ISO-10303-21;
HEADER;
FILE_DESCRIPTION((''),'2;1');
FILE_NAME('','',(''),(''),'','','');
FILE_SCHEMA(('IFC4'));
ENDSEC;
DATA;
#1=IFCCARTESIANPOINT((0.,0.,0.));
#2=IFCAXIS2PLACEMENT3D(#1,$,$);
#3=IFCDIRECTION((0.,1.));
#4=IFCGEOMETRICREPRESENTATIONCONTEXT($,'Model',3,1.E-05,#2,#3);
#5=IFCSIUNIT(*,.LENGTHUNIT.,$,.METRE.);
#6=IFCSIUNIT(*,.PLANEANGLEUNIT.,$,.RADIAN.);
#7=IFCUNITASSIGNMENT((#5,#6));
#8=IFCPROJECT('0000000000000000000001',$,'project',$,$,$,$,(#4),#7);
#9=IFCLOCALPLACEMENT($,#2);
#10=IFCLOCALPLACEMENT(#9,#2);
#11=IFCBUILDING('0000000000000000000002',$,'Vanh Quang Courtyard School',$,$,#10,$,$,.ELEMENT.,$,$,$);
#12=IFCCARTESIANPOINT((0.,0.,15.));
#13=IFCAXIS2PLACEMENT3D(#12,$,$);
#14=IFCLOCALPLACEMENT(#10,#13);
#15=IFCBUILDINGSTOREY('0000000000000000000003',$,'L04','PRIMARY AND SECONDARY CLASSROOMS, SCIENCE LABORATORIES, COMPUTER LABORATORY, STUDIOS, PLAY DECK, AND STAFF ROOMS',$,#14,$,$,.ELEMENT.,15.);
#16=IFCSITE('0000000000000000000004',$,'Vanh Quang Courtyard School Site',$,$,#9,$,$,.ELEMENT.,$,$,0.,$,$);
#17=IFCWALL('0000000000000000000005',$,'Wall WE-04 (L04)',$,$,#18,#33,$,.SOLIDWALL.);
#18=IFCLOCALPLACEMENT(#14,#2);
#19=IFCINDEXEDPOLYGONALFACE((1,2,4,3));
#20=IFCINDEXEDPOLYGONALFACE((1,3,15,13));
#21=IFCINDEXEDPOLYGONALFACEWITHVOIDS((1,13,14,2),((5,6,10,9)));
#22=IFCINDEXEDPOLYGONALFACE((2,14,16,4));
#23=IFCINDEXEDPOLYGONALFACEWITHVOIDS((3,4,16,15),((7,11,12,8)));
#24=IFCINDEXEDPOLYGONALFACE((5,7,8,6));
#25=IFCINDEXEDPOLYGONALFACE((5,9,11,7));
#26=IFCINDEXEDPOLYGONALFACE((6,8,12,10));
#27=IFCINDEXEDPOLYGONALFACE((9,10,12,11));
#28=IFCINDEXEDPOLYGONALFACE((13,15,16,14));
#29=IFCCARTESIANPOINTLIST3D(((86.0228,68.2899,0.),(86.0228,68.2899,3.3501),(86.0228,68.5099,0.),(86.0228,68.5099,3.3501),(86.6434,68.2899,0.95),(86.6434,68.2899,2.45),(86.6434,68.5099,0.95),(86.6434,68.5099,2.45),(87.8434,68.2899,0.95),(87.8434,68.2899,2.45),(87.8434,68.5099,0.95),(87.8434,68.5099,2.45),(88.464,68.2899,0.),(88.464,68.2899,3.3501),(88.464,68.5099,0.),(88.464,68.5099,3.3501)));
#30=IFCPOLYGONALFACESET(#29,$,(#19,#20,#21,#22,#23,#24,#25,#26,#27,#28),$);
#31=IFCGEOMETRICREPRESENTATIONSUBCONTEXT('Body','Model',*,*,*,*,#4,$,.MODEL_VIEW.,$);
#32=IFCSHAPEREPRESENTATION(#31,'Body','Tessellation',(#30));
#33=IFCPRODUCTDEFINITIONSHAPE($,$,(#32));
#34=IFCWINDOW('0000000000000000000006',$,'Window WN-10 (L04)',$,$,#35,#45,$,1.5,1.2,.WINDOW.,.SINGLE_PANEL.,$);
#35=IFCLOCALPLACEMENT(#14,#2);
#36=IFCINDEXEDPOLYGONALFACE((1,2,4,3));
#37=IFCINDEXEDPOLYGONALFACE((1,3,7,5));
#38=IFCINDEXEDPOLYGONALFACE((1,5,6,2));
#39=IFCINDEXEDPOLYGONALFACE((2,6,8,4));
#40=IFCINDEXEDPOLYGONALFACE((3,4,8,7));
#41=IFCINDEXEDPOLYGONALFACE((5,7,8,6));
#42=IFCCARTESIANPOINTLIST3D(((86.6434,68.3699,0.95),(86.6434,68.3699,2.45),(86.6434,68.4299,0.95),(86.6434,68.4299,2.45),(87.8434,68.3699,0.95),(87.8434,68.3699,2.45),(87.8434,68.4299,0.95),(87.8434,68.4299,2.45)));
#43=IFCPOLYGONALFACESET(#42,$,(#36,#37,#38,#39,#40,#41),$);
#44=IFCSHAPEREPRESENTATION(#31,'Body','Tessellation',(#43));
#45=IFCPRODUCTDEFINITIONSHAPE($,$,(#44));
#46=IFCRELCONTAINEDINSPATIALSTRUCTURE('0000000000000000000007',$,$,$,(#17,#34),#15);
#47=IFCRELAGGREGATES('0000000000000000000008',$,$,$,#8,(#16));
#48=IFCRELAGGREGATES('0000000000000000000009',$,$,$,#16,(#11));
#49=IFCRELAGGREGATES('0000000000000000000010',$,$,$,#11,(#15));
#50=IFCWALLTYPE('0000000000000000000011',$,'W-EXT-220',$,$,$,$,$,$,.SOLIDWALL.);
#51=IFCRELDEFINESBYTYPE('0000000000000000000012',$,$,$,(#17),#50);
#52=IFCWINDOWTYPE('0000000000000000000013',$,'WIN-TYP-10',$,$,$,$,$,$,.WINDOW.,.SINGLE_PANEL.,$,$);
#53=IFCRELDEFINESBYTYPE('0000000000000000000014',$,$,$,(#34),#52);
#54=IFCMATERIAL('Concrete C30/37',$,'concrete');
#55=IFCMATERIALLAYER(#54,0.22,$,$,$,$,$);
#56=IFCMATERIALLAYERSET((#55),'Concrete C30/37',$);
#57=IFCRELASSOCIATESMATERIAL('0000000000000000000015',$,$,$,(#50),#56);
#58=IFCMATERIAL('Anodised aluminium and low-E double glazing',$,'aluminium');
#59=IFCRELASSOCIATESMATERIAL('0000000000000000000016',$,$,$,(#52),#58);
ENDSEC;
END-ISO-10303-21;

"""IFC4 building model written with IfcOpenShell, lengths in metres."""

from ifc_helpers import new_model, si_unit, direction, frame, frame_2d, origin, place, context, subcontext, project, spatial, rectangle, extrude, material, layer, layer_set, type_object, element, fill, save


model = new_model("IFC4")

# Units and contexts
model_context = context("Model", 3, precision=1e-05, world=origin(), true_north=direction((0.0, 1.0)))
body_context = subcontext(model_context, "Body", "Model", "MODEL_VIEW")
ifc_project = project(units=[si_unit("LENGTHUNIT", "METRE"), si_unit("PLANEANGLEUNIT", "RADIAN")], contexts=[model_context])

# Site, building, storey
site_placement = place(None, origin())
site = spatial("IfcSite", under=ifc_project, at=site_placement, Name="Vanh Quang Courtyard School Site", CompositionType="ELEMENT", RefElevation=0.0)
building_placement = place(site_placement, origin())
building = spatial("IfcBuilding", under=site, at=building_placement, Name="Vanh Quang Courtyard School", CompositionType="ELEMENT")
storey_placement = place(building_placement, frame((0.0, 0.0, 15.0)))
storey = spatial("IfcBuildingStorey", under=building, at=storey_placement, Name="L04", Description="PRIMARY AND SECONDARY CLASSROOMS, SCIENCE LABORATORIES, COMPUTER LABORATORY, STUDIOS, PLAY DECK, AND STAFF ROOMS", CompositionType="ELEMENT", Elevation=15.0)

# Shared definitions
ifc_material_1 = material(Name="Concrete C30/37", Category="concrete")
ifc_layer = layer(ifc_material_1, 0.22)
ifc_layer_set = layer_set([ifc_layer], Name="Concrete C30/37")
wall_type = type_object("IfcWallType", Name="W-EXT-220", PredefinedType="SOLIDWALL", material=ifc_layer_set)

# Wall, opening, window
wall_1_placement = place(storey_placement, frame((88.4641, 68.3999, 0.0), z_axis=(0.0, 0.0, 1.0), x_axis=(-1.0, 0.0, 0.0)))
wall_1 = element("IfcWall", 1, at=wall_1_placement, inside=storey, type_object=wall_type, Name="Wall WE-04 (L04)", PredefinedType="SOLIDWALL", context=body_context, shape_type="SweptSolid", body=[
    extrude(rectangle(XDim=2.4412, YDim=0.22, at=frame_2d((1.2207, 0.0))), origin(), (0.0, 0.0, 1.0), 3.3501),
])
opening_placement = place(wall_1_placement, frame((0.6206, 0.0, 0.95)))
opening = element("IfcOpeningElement", 2, at=opening_placement, cuts=wall_1, PredefinedType="OPENING", context=body_context, shape_type="SweptSolid", body=[
    extrude(rectangle(XDim=1.2, YDim=1.5, at=frame_2d((0.6001, 0.75))), frame((0.0, 0.1201, 0.0), z_axis=(0.0, -1.0, 0.0), x_axis=(1.0, 0.0, 0.0)), (0.0, 0.0, 1.0), 0.24),
])
ifc_material_2 = material(Name="Anodised aluminium and low-E double glazing", Category="aluminium")
window_type = type_object("IfcWindowType", Name="WIN-TYP-10", PartitioningType="SINGLE_PANEL", PredefinedType="WINDOW", material=ifc_material_2)
window_placement = place(opening_placement, origin())
window = element("IfcWindow", 3, at=window_placement, inside=storey, type_object=window_type, Name="Window WN-10 (L04)", OverallHeight=1.5, OverallWidth=1.2, PartitioningType="SINGLE_PANEL", PredefinedType="WINDOW", context=body_context, shape_type="SweptSolid", body=[
    extrude(rectangle(XDim=1.2, YDim=1.5, at=frame_2d((0.6001, 0.75))), frame((0.0, 0.03, 0.0), z_axis=(0.0, -1.0, 0.0), x_axis=(1.0, 0.0, 0.0)), (0.0, 0.0, 1.0), 0.0601),
])
fill(opening, window)

save(model, "model.ifc")
